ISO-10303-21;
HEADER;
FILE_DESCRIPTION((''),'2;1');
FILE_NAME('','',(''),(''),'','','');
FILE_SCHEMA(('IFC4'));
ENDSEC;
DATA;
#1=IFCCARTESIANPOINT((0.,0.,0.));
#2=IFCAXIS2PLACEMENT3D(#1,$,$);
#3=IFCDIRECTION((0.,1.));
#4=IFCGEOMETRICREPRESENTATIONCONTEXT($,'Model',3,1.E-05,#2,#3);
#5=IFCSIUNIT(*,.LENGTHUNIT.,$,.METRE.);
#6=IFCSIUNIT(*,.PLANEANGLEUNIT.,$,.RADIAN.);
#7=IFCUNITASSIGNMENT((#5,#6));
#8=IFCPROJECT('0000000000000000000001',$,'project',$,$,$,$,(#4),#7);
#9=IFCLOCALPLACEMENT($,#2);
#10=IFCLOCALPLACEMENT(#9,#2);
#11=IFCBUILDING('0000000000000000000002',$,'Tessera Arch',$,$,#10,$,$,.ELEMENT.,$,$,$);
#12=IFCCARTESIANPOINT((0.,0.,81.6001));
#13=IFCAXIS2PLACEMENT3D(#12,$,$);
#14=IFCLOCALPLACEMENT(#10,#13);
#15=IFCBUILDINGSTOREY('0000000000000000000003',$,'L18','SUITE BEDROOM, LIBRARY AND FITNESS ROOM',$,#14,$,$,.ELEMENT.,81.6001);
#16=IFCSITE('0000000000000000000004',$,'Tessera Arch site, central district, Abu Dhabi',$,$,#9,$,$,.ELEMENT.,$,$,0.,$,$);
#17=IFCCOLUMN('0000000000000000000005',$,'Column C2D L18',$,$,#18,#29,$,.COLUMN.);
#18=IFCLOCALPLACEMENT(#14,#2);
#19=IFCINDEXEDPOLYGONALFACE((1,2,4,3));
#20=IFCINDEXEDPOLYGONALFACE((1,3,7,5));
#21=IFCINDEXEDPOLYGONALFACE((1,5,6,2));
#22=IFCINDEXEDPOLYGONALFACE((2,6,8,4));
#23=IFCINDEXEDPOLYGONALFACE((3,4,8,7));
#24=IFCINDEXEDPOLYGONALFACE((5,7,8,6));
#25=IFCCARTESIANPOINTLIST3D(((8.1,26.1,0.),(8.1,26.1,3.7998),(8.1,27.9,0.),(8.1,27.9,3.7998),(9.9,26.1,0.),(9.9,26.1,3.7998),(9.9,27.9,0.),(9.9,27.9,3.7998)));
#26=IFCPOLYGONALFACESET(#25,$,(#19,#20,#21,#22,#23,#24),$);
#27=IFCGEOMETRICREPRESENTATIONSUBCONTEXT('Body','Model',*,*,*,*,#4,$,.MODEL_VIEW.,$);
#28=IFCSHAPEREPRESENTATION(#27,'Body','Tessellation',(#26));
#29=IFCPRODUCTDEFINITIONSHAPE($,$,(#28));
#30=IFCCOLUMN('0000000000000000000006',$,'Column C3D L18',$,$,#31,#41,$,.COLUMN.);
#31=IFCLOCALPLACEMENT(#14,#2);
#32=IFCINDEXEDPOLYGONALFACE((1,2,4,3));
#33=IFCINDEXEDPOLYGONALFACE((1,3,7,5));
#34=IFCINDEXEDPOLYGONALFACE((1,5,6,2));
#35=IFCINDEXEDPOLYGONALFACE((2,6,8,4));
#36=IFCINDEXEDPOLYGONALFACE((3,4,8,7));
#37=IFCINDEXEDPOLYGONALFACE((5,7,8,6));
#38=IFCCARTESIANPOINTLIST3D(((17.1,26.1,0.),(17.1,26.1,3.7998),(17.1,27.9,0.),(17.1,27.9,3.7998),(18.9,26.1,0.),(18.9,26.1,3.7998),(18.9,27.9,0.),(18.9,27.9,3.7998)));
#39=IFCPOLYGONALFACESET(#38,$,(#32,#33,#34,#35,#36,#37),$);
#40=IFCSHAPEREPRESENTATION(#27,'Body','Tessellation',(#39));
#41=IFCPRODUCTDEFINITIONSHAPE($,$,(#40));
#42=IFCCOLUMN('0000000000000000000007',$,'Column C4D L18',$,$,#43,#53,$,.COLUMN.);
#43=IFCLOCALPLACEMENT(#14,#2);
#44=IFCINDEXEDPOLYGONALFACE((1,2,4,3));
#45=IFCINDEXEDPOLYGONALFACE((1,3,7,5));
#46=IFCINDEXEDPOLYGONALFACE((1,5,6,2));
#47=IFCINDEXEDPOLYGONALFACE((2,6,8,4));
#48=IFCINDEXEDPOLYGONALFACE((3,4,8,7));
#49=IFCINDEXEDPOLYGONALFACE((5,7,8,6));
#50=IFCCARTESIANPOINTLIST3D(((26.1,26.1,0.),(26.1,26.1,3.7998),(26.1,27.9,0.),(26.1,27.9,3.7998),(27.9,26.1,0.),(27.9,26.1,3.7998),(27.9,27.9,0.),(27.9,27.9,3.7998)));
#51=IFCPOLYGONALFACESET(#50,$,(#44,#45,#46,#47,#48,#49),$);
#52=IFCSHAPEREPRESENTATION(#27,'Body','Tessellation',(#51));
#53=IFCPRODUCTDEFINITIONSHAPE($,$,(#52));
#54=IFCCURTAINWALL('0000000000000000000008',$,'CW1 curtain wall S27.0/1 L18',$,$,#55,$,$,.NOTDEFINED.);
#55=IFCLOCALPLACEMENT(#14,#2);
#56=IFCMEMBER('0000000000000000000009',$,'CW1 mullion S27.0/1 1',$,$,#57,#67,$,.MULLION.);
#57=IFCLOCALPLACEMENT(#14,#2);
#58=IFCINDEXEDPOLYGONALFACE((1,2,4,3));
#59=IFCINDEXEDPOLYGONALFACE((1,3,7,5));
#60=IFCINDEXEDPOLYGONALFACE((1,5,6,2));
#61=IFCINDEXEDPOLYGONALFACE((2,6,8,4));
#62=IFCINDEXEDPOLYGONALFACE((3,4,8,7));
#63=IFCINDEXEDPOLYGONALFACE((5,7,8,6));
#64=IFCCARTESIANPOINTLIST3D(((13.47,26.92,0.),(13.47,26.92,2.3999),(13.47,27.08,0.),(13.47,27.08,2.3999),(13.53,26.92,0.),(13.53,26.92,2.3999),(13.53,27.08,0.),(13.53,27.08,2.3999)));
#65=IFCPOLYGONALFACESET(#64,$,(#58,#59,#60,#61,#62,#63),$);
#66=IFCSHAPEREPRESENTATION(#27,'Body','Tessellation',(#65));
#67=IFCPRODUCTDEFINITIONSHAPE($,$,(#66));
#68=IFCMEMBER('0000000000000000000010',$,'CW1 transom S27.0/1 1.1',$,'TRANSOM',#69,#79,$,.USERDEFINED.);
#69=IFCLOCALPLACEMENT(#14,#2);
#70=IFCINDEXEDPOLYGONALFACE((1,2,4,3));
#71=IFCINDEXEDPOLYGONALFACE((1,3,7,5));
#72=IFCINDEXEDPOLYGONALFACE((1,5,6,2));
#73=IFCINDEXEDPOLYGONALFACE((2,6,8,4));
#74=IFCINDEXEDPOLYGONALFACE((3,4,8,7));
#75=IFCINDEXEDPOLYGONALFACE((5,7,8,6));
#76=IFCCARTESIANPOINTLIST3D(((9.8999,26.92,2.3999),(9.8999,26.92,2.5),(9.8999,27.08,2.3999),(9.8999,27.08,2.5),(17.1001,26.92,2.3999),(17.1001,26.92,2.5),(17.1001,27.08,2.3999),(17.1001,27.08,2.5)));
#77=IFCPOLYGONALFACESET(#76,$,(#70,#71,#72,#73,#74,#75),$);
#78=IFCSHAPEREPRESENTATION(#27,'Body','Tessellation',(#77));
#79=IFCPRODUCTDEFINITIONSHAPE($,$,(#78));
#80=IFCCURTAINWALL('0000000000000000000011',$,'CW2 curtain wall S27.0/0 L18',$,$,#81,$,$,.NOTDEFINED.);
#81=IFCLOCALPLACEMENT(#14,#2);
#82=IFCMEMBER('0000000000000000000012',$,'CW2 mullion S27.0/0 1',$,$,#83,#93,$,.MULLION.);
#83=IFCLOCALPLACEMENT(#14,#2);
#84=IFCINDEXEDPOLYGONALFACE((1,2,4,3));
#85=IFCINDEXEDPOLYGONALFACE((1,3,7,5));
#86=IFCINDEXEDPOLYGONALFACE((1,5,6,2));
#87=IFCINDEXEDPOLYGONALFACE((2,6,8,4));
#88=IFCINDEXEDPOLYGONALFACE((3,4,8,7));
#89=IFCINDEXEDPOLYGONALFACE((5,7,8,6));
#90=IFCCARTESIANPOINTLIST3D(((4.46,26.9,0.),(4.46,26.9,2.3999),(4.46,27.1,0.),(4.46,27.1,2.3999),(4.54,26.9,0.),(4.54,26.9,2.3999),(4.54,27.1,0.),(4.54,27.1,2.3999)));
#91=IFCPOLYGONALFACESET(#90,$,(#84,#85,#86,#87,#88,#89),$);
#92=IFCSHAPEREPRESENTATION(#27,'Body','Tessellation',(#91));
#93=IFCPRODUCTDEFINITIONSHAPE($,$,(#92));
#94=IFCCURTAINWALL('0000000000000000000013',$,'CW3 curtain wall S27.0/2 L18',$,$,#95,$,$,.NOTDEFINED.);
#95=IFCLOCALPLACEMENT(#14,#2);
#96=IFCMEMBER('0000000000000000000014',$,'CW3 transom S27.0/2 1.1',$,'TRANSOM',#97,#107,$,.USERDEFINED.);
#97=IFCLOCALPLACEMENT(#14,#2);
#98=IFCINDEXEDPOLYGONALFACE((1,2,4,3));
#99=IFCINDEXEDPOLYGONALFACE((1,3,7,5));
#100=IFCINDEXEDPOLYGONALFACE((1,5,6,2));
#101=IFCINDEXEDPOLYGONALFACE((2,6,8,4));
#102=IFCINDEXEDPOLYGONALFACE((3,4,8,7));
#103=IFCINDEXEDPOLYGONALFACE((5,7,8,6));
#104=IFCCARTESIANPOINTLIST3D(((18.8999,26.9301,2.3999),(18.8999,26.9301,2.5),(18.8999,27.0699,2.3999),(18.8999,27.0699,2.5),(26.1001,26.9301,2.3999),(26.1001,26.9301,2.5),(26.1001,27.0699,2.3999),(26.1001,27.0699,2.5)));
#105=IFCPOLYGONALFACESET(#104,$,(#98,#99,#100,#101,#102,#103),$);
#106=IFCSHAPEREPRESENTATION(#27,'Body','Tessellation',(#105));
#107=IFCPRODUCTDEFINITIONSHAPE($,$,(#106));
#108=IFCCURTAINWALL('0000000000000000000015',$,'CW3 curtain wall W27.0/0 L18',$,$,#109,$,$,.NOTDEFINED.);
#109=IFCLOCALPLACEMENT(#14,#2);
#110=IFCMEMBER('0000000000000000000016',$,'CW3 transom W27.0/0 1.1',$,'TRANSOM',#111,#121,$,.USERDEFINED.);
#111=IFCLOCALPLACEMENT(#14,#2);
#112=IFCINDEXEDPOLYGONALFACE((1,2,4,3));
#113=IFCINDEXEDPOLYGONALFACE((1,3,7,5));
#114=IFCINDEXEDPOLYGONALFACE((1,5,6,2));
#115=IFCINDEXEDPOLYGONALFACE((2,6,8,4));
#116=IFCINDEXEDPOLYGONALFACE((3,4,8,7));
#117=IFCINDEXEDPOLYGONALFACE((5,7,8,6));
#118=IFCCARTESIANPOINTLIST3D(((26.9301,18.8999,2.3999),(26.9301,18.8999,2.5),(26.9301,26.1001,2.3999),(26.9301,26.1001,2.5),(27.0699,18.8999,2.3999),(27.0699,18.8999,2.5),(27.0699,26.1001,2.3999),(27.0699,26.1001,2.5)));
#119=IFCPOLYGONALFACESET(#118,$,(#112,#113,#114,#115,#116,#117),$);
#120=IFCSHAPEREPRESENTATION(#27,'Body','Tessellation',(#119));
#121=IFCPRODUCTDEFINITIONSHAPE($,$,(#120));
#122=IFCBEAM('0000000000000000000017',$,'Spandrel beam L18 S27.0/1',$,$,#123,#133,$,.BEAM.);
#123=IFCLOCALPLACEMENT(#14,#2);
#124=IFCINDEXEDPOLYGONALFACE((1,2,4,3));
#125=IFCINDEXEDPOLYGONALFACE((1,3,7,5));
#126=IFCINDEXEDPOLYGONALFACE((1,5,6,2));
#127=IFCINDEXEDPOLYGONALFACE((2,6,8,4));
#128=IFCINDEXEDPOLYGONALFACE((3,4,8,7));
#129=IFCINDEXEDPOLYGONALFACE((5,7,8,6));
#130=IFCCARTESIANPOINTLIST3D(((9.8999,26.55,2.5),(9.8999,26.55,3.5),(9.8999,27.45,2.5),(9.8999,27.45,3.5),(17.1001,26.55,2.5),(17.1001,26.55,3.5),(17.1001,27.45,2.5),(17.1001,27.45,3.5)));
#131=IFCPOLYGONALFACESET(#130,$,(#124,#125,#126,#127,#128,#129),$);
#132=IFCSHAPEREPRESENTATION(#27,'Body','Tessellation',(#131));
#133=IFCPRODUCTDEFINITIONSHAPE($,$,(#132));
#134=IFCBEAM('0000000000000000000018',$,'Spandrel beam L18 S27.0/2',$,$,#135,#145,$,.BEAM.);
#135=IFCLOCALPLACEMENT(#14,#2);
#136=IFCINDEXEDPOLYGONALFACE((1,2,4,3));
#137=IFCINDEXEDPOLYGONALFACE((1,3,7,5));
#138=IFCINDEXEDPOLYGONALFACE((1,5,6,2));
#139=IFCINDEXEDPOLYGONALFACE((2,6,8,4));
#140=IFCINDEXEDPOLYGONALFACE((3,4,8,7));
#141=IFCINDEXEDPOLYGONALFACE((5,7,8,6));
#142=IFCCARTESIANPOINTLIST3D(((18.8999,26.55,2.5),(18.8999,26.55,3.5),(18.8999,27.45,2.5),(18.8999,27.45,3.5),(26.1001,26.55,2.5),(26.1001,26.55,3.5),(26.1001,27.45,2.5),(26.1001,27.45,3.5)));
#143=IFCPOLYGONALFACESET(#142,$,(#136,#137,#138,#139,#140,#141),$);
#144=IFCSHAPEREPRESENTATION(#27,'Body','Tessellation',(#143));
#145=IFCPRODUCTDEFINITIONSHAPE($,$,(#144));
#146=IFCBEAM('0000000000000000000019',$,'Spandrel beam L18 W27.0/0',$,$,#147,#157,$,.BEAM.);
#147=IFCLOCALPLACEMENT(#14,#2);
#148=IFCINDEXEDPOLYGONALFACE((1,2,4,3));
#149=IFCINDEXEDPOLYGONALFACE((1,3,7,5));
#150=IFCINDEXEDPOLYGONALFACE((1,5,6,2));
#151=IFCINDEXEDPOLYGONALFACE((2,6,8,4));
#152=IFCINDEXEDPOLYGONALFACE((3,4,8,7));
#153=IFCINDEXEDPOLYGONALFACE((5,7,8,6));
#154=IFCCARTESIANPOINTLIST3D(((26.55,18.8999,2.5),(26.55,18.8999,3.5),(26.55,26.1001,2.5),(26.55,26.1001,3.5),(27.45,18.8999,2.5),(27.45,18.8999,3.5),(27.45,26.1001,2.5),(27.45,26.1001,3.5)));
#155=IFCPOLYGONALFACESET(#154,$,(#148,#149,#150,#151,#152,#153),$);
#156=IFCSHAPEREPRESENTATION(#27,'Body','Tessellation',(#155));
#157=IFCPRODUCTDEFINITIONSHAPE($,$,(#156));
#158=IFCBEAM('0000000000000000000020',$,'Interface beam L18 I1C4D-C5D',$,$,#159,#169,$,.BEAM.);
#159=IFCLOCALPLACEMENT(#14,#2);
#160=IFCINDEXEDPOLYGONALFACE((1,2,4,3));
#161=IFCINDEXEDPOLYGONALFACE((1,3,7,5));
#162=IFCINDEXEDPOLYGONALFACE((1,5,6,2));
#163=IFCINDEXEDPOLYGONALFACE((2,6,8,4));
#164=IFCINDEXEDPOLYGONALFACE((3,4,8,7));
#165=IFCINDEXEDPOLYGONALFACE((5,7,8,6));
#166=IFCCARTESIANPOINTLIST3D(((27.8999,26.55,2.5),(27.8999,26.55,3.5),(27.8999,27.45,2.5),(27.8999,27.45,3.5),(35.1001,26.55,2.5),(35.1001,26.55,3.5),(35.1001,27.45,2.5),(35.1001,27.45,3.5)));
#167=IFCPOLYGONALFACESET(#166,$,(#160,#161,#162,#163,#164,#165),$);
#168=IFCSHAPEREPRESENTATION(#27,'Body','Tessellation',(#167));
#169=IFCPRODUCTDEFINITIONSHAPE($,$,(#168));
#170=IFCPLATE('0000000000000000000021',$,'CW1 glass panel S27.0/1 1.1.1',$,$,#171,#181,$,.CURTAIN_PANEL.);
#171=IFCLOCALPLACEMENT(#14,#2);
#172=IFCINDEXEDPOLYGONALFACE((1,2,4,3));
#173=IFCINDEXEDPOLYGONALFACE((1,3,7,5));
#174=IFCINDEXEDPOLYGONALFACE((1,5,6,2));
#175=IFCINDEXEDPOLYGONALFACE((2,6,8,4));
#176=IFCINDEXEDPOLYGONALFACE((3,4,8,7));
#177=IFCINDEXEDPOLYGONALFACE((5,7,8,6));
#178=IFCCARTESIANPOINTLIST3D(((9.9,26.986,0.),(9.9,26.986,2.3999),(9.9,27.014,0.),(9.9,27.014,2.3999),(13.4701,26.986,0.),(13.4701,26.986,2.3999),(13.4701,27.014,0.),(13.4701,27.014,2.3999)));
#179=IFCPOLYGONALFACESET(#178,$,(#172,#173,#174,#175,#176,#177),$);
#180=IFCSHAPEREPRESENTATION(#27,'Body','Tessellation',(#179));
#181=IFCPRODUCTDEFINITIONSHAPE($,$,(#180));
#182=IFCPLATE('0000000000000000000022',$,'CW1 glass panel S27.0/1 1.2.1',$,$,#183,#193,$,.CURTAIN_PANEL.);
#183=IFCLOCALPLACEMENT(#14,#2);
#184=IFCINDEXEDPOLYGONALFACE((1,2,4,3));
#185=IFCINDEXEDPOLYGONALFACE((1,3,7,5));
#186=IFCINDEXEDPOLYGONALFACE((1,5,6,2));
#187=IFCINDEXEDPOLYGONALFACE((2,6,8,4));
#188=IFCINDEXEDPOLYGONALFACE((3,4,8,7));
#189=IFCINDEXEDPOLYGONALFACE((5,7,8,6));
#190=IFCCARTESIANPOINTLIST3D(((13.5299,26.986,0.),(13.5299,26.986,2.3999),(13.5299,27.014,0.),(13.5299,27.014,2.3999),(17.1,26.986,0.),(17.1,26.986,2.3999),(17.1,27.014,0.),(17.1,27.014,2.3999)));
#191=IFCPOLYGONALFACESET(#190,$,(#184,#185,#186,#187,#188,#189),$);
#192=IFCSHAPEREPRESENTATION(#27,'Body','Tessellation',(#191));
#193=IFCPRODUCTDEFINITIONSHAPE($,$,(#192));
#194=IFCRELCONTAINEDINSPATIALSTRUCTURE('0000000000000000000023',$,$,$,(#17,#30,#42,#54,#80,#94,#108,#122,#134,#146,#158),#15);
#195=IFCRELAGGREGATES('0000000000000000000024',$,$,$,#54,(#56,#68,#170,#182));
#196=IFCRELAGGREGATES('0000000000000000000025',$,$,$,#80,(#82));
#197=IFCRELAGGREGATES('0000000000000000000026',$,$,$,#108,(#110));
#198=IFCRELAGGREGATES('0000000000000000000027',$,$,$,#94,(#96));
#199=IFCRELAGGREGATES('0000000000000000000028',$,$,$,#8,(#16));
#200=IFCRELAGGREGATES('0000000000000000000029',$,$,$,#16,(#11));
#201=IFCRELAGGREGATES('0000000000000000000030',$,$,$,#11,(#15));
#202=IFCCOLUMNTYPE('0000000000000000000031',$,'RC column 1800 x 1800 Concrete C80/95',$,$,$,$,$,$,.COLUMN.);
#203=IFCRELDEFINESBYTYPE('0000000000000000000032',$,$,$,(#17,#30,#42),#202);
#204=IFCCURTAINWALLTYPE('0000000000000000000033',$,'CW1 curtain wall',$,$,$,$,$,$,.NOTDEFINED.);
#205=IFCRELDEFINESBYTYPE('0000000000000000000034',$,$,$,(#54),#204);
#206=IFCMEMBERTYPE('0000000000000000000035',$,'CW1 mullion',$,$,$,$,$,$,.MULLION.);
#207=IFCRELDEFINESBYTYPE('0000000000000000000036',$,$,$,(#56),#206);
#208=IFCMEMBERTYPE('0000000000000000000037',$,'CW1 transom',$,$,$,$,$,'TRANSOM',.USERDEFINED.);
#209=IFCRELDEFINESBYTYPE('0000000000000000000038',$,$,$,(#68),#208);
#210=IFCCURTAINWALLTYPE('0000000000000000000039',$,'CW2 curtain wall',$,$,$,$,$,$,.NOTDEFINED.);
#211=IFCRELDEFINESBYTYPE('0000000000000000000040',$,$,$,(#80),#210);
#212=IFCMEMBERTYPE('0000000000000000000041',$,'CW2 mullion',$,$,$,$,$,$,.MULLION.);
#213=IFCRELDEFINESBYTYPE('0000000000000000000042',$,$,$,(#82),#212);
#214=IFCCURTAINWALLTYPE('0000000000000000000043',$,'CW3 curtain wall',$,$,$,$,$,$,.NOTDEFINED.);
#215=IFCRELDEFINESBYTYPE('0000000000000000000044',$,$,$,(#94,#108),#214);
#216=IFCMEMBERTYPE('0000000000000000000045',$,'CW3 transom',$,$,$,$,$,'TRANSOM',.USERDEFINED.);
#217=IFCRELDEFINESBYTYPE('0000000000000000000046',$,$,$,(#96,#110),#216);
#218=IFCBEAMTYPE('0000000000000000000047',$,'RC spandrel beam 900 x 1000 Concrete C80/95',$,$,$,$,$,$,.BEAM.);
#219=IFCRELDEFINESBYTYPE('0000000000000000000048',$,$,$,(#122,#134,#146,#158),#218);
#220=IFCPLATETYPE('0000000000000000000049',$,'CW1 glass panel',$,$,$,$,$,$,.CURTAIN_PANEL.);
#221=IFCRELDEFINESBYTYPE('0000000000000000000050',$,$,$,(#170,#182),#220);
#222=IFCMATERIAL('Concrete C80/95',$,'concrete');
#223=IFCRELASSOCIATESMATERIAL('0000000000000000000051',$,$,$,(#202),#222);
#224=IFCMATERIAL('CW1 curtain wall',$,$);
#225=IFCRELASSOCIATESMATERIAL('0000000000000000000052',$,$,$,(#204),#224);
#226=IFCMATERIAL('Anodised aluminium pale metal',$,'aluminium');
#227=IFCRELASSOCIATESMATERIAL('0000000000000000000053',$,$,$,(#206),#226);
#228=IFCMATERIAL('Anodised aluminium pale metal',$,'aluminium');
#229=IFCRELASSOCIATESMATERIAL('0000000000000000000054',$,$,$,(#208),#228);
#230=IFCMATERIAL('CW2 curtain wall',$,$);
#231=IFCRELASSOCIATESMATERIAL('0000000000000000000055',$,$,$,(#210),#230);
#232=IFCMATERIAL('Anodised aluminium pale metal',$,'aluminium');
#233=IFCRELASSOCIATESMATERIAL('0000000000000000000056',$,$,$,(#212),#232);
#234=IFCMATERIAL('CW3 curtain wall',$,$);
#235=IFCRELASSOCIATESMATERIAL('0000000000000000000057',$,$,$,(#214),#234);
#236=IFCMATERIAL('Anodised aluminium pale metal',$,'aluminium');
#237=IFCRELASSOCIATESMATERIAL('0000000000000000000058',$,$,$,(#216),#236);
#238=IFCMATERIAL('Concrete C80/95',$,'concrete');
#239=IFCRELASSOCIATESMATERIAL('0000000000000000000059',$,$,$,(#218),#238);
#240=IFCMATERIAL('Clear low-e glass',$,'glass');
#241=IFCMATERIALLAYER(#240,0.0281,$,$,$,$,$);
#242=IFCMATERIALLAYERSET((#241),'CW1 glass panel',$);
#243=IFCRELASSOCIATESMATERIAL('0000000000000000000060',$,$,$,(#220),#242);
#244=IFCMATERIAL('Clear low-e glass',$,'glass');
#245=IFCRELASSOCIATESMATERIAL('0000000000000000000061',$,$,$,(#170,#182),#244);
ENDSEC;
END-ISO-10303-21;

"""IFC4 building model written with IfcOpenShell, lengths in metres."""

from ifc_helpers import new_model, si_unit, direction, frame, origin, origin_2d, place, context, subcontext, project, spatial, rectangle, extrude, material, layer, layer_set, material_profile, profile_set, type_object, element, aggregate, save


model = new_model("IFC4")

# Units and contexts
model_context = context("Model", 3, precision=1e-05, world=origin(), true_north=direction((0.0, 1.0)))
body_context = subcontext(model_context, "Body", "Model", "MODEL_VIEW")
ifc_project = project(units=[si_unit("LENGTHUNIT", "METRE"), si_unit("PLANEANGLEUNIT", "RADIAN")], contexts=[model_context])

# Site, building, storey
site_placement = place(None, origin())
site = spatial("IfcSite", under=ifc_project, at=site_placement, Name="Tessera Arch site, central district, Abu Dhabi", CompositionType="ELEMENT", RefElevation=0.0)
building_placement = place(site_placement, origin())
building = spatial("IfcBuilding", under=site, at=building_placement, Name="Tessera Arch", CompositionType="ELEMENT")
storey_placement = place(building_placement, frame((0.0, 0.0, 81.6001)))
storey = spatial("IfcBuildingStorey", under=building, at=storey_placement, Name="L18", Description="SUITE BEDROOM, LIBRARY AND FITNESS ROOM", CompositionType="ELEMENT", Elevation=81.6001)

# Columns
ifc_material_1 = material(Name="Concrete C80/95", Category="concrete")
ifc_material_profile_1 = material_profile(ifc_material_1, rectangle(XDim=1.8, YDim=1.8, at=origin_2d()), Name="RC column 1800 x 1800 Concrete C80/95")
ifc_profile_set_1 = profile_set([ifc_material_profile_1], Name="Concrete C80/95")
column_type = type_object("IfcColumnType", Name="RC column 1800 x 1800 Concrete C80/95", PredefinedType="COLUMN", material=ifc_profile_set_1)
for number, where, z_axis, x_axis, name in (
    (1, (9.0, 27.0, 0.0), (0.0, 0.0, 1.0), (1.0, 0.0, 0.0), "Column C2D L18"),
    (2, (18.0, 27.0, 0.0), (0.0, 0.0, 1.0), (1.0, 0.0, 0.0), "Column C3D L18"),
    (3, (27.0, 27.0, 0.0), (0.0, 0.0, 1.0), (1.0, 0.0, 0.0), "Column C4D L18"),
):
    element("IfcColumn", number, at=place(storey_placement, frame(where, z_axis=z_axis, x_axis=x_axis)), inside=storey, type_object=column_type, Name=name, PredefinedType="COLUMN", context=body_context, shape_type="SweptSolid", body=[
        extrude(rectangle(XDim=1.8, YDim=1.8, at=origin_2d()), origin(), (0.0, 0.0, 1.0), 3.7998),
    ])

# Curtain wall, members
ifc_material_2 = material(Name="CW1 curtain wall")
curtain_wall_type_1 = type_object("IfcCurtainWallType", Name="CW1 curtain wall", PredefinedType="NOTDEFINED", material=ifc_material_2)
curtain_wall_1_placement = place(storey_placement, origin())
curtain_wall_1 = element("IfcCurtainWall", 4, at=curtain_wall_1_placement, inside=storey, type_object=curtain_wall_type_1, Name="CW1 curtain wall S27.0/1 L18", PredefinedType="NOTDEFINED")
ifc_material_3 = material(Name="Anodised aluminium pale metal", Category="aluminium")
ifc_material_profile_2 = material_profile(ifc_material_3, rectangle(XDim=0.1599, YDim=0.0601, at=origin_2d()), Name="AL 60x160")
ifc_profile_set_2 = profile_set([ifc_material_profile_2], Name="Anodised aluminium pale metal")
member_type_1 = type_object("IfcMemberType", Name="CW1 mullion", PredefinedType="MULLION", material=ifc_profile_set_2)
member_1_placement = place(storey_placement, frame((13.5, 27.0, 0.0), z_axis=(0.0, 0.0, 1.0), x_axis=(0.0, 1.0, 0.0)))
member_1 = element("IfcMember", 5, at=member_1_placement, type_object=member_type_1, Name="CW1 mullion S27.0/1 1", PredefinedType="MULLION", context=body_context, shape_type="SweptSolid", body=[
    extrude(rectangle(XDim=0.1599, YDim=0.0601, at=origin_2d()), origin(), (0.0, 0.0, 1.0), 2.3999),
])
ifc_material_4 = material(Name="Anodised aluminium pale metal", Category="aluminium")
ifc_material_profile_3 = material_profile(ifc_material_4, rectangle(XDim=0.1599, YDim=0.1001, at=origin_2d()), Name="AL 160x100")
ifc_profile_set_3 = profile_set([ifc_material_profile_3], Name="Anodised aluminium pale metal")
member_type_2 = type_object("IfcMemberType", Name="CW1 transom", ElementType="TRANSOM", PredefinedType="USERDEFINED", material=ifc_profile_set_3)
member_2_placement = place(storey_placement, frame((9.8999, 27.0, 2.45), z_axis=(1.0, 0.0, 0.0), x_axis=(0.0, 1.0, 0.0)))
member_2 = element("IfcMember", 6, at=member_2_placement, type_object=member_type_2, Name="CW1 transom S27.0/1 1.1", ObjectType="TRANSOM", PredefinedType="USERDEFINED", context=body_context, shape_type="SweptSolid", body=[
    extrude(rectangle(XDim=0.1599, YDim=0.1001, at=origin_2d()), origin(), (0.0, 0.0, 1.0), 7.2002),
])

# Curtain walls, members
ifc_material_5 = material(Name="CW2 curtain wall")
curtain_wall_type_2 = type_object("IfcCurtainWallType", Name="CW2 curtain wall", PredefinedType="NOTDEFINED", material=ifc_material_5)
curtain_wall_2_placement = place(storey_placement, origin())
curtain_wall_2 = element("IfcCurtainWall", 7, at=curtain_wall_2_placement, inside=storey, type_object=curtain_wall_type_2, Name="CW2 curtain wall S27.0/0 L18", PredefinedType="NOTDEFINED")
ifc_material_6 = material(Name="Anodised aluminium pale metal", Category="aluminium")
ifc_material_profile_4 = material_profile(ifc_material_6, rectangle(XDim=0.2, YDim=0.0801, at=origin_2d()), Name="AL 80x200")
ifc_profile_set_4 = profile_set([ifc_material_profile_4], Name="Anodised aluminium pale metal")
member_type_3 = type_object("IfcMemberType", Name="CW2 mullion", PredefinedType="MULLION", material=ifc_profile_set_4)
member_3_placement = place(storey_placement, frame((4.5, 27.0, 0.0), z_axis=(0.0, 0.0, 1.0), x_axis=(0.0, 1.0, 0.0)))
member_3 = element("IfcMember", 8, at=member_3_placement, type_object=member_type_3, Name="CW2 mullion S27.0/0 1", PredefinedType="MULLION", context=body_context, shape_type="SweptSolid", body=[
    extrude(rectangle(XDim=0.2, YDim=0.0801, at=origin_2d()), origin(), (0.0, 0.0, 1.0), 2.3999),
])
ifc_material_7 = material(Name="CW3 curtain wall")
curtain_wall_type_3 = type_object("IfcCurtainWallType", Name="CW3 curtain wall", PredefinedType="NOTDEFINED", material=ifc_material_7)
curtain_wall_3_placement = place(storey_placement, origin())
curtain_wall_3 = element("IfcCurtainWall", 9, at=curtain_wall_3_placement, inside=storey, type_object=curtain_wall_type_3, Name="CW3 curtain wall S27.0/2 L18", PredefinedType="NOTDEFINED")
ifc_material_8 = material(Name="Anodised aluminium pale metal", Category="aluminium")
ifc_material_profile_5 = material_profile(ifc_material_8, rectangle(XDim=0.1399, YDim=0.1001, at=origin_2d()), Name="AL 140x100")
ifc_profile_set_5 = profile_set([ifc_material_profile_5], Name="Anodised aluminium pale metal")
member_type_4 = type_object("IfcMemberType", Name="CW3 transom", ElementType="TRANSOM", PredefinedType="USERDEFINED", material=ifc_profile_set_5)
member_4_placement = place(storey_placement, frame((18.8999, 27.0, 2.45), z_axis=(1.0, 0.0, 0.0), x_axis=(0.0, 1.0, 0.0)))
member_4 = element("IfcMember", 10, at=member_4_placement, type_object=member_type_4, Name="CW3 transom S27.0/2 1.1", ObjectType="TRANSOM", PredefinedType="USERDEFINED", context=body_context, shape_type="SweptSolid", body=[
    extrude(rectangle(XDim=0.1399, YDim=0.1001, at=origin_2d()), origin(), (0.0, 0.0, 1.0), 7.2002),
])
curtain_wall_4_placement = place(storey_placement, origin())
curtain_wall_4 = element("IfcCurtainWall", 11, at=curtain_wall_4_placement, inside=storey, type_object=curtain_wall_type_3, Name="CW3 curtain wall W27.0/0 L18", PredefinedType="NOTDEFINED")
member_5_placement = place(storey_placement, frame((27.0, 26.1001, 2.45), z_axis=(0.0, -1.0, 0.0), x_axis=(1.0, 0.0, 0.0)))
member_5 = element("IfcMember", 12, at=member_5_placement, type_object=member_type_4, Name="CW3 transom W27.0/0 1.1", ObjectType="TRANSOM", PredefinedType="USERDEFINED", context=body_context, shape_type="SweptSolid", body=[
    extrude(rectangle(XDim=0.1399, YDim=0.1001, at=origin_2d()), origin(), (0.0, 0.0, 1.0), 7.2002),
])

# Beams
ifc_material_9 = material(Name="Concrete C80/95", Category="concrete")
ifc_material_profile_6 = material_profile(ifc_material_9, rectangle(XDim=0.8999, YDim=1.0, at=origin_2d()), Name="RC spandrel beam 900 x 1000 Concrete C80/95")
ifc_profile_set_6 = profile_set([ifc_material_profile_6], Name="Concrete C80/95")
beam_type = type_object("IfcBeamType", Name="RC spandrel beam 900 x 1000 Concrete C80/95", PredefinedType="BEAM", material=ifc_profile_set_6)
for number, where, z_axis, x_axis, name in (
    (13, (9.8999, 27.0, 3.0), (1.0, 0.0, 0.0), (0.0, 1.0, 0.0), "Spandrel beam L18 S27.0/1"),
    (14, (18.8999, 27.0, 3.0), (1.0, 0.0, 0.0), (0.0, 1.0, 0.0), "Spandrel beam L18 S27.0/2"),
    (15, (27.0, 26.1001, 3.0), (0.0, -1.0, 0.0), (1.0, 0.0, 0.0), "Spandrel beam L18 W27.0/0"),
    (16, (27.8999, 27.0, 3.0), (1.0, 0.0, 0.0), (0.0, 1.0, 0.0), "Interface beam L18 I1C4D-C5D"),
):
    element("IfcBeam", number, at=place(storey_placement, frame(where, z_axis=z_axis, x_axis=x_axis)), inside=storey, type_object=beam_type, Name=name, PredefinedType="BEAM", context=body_context, shape_type="SweptSolid", body=[
        extrude(rectangle(XDim=0.8999, YDim=1.0, at=origin_2d()), origin(), (0.0, 0.0, 1.0), 7.2002),
    ])

# Plates
ifc_material_10 = material(Name="Clear low-e glass", Category="glass")
ifc_material_11 = material(Name="Clear low-e glass", Category="glass")
ifc_layer_1 = layer(ifc_material_11, 0.0281)
ifc_layer_set_1 = layer_set([ifc_layer_1], Name="CW1 glass panel")
plate_type_1 = type_object("IfcPlateType", Name="CW1 glass panel", PredefinedType="CURTAIN_PANEL", material=ifc_layer_set_1)
plate_1_placement = place(storey_placement, frame((11.6851, 27.0, 0.0), z_axis=(0.0, 0.0, 1.0), x_axis=(1.0, 0.0, 0.0)))
plate_1 = element("IfcPlate", 17, at=plate_1_placement, type_object=plate_type_1, material=ifc_material_10, Name="CW1 glass panel S27.0/1 1.1.1", PredefinedType="CURTAIN_PANEL", context=body_context, shape_type="SweptSolid", body=[
    extrude(rectangle(XDim=3.5701, YDim=0.0281, at=origin_2d()), origin(), (0.0, 0.0, 1.0), 2.3999),
])
plate_2_placement = place(storey_placement, frame((15.3149, 27.0, 0.0), z_axis=(0.0, 0.0, 1.0), x_axis=(1.0, 0.0, 0.0)))
plate_2 = element("IfcPlate", 18, at=plate_2_placement, type_object=plate_type_1, material=ifc_material_10, Name="CW1 glass panel S27.0/1 1.2.1", PredefinedType="CURTAIN_PANEL", context=body_context, shape_type="SweptSolid", body=[
    extrude(rectangle(XDim=3.5701, YDim=0.0281, at=origin_2d()), origin(), (0.0, 0.0, 1.0), 2.3999),
])
aggregate(curtain_wall_1, [member_1, member_2, plate_1, plate_2])
aggregate(curtain_wall_2, [member_3])
aggregate(curtain_wall_4, [member_5])
aggregate(curtain_wall_3, [member_4])

save(model, "model.ifc")
